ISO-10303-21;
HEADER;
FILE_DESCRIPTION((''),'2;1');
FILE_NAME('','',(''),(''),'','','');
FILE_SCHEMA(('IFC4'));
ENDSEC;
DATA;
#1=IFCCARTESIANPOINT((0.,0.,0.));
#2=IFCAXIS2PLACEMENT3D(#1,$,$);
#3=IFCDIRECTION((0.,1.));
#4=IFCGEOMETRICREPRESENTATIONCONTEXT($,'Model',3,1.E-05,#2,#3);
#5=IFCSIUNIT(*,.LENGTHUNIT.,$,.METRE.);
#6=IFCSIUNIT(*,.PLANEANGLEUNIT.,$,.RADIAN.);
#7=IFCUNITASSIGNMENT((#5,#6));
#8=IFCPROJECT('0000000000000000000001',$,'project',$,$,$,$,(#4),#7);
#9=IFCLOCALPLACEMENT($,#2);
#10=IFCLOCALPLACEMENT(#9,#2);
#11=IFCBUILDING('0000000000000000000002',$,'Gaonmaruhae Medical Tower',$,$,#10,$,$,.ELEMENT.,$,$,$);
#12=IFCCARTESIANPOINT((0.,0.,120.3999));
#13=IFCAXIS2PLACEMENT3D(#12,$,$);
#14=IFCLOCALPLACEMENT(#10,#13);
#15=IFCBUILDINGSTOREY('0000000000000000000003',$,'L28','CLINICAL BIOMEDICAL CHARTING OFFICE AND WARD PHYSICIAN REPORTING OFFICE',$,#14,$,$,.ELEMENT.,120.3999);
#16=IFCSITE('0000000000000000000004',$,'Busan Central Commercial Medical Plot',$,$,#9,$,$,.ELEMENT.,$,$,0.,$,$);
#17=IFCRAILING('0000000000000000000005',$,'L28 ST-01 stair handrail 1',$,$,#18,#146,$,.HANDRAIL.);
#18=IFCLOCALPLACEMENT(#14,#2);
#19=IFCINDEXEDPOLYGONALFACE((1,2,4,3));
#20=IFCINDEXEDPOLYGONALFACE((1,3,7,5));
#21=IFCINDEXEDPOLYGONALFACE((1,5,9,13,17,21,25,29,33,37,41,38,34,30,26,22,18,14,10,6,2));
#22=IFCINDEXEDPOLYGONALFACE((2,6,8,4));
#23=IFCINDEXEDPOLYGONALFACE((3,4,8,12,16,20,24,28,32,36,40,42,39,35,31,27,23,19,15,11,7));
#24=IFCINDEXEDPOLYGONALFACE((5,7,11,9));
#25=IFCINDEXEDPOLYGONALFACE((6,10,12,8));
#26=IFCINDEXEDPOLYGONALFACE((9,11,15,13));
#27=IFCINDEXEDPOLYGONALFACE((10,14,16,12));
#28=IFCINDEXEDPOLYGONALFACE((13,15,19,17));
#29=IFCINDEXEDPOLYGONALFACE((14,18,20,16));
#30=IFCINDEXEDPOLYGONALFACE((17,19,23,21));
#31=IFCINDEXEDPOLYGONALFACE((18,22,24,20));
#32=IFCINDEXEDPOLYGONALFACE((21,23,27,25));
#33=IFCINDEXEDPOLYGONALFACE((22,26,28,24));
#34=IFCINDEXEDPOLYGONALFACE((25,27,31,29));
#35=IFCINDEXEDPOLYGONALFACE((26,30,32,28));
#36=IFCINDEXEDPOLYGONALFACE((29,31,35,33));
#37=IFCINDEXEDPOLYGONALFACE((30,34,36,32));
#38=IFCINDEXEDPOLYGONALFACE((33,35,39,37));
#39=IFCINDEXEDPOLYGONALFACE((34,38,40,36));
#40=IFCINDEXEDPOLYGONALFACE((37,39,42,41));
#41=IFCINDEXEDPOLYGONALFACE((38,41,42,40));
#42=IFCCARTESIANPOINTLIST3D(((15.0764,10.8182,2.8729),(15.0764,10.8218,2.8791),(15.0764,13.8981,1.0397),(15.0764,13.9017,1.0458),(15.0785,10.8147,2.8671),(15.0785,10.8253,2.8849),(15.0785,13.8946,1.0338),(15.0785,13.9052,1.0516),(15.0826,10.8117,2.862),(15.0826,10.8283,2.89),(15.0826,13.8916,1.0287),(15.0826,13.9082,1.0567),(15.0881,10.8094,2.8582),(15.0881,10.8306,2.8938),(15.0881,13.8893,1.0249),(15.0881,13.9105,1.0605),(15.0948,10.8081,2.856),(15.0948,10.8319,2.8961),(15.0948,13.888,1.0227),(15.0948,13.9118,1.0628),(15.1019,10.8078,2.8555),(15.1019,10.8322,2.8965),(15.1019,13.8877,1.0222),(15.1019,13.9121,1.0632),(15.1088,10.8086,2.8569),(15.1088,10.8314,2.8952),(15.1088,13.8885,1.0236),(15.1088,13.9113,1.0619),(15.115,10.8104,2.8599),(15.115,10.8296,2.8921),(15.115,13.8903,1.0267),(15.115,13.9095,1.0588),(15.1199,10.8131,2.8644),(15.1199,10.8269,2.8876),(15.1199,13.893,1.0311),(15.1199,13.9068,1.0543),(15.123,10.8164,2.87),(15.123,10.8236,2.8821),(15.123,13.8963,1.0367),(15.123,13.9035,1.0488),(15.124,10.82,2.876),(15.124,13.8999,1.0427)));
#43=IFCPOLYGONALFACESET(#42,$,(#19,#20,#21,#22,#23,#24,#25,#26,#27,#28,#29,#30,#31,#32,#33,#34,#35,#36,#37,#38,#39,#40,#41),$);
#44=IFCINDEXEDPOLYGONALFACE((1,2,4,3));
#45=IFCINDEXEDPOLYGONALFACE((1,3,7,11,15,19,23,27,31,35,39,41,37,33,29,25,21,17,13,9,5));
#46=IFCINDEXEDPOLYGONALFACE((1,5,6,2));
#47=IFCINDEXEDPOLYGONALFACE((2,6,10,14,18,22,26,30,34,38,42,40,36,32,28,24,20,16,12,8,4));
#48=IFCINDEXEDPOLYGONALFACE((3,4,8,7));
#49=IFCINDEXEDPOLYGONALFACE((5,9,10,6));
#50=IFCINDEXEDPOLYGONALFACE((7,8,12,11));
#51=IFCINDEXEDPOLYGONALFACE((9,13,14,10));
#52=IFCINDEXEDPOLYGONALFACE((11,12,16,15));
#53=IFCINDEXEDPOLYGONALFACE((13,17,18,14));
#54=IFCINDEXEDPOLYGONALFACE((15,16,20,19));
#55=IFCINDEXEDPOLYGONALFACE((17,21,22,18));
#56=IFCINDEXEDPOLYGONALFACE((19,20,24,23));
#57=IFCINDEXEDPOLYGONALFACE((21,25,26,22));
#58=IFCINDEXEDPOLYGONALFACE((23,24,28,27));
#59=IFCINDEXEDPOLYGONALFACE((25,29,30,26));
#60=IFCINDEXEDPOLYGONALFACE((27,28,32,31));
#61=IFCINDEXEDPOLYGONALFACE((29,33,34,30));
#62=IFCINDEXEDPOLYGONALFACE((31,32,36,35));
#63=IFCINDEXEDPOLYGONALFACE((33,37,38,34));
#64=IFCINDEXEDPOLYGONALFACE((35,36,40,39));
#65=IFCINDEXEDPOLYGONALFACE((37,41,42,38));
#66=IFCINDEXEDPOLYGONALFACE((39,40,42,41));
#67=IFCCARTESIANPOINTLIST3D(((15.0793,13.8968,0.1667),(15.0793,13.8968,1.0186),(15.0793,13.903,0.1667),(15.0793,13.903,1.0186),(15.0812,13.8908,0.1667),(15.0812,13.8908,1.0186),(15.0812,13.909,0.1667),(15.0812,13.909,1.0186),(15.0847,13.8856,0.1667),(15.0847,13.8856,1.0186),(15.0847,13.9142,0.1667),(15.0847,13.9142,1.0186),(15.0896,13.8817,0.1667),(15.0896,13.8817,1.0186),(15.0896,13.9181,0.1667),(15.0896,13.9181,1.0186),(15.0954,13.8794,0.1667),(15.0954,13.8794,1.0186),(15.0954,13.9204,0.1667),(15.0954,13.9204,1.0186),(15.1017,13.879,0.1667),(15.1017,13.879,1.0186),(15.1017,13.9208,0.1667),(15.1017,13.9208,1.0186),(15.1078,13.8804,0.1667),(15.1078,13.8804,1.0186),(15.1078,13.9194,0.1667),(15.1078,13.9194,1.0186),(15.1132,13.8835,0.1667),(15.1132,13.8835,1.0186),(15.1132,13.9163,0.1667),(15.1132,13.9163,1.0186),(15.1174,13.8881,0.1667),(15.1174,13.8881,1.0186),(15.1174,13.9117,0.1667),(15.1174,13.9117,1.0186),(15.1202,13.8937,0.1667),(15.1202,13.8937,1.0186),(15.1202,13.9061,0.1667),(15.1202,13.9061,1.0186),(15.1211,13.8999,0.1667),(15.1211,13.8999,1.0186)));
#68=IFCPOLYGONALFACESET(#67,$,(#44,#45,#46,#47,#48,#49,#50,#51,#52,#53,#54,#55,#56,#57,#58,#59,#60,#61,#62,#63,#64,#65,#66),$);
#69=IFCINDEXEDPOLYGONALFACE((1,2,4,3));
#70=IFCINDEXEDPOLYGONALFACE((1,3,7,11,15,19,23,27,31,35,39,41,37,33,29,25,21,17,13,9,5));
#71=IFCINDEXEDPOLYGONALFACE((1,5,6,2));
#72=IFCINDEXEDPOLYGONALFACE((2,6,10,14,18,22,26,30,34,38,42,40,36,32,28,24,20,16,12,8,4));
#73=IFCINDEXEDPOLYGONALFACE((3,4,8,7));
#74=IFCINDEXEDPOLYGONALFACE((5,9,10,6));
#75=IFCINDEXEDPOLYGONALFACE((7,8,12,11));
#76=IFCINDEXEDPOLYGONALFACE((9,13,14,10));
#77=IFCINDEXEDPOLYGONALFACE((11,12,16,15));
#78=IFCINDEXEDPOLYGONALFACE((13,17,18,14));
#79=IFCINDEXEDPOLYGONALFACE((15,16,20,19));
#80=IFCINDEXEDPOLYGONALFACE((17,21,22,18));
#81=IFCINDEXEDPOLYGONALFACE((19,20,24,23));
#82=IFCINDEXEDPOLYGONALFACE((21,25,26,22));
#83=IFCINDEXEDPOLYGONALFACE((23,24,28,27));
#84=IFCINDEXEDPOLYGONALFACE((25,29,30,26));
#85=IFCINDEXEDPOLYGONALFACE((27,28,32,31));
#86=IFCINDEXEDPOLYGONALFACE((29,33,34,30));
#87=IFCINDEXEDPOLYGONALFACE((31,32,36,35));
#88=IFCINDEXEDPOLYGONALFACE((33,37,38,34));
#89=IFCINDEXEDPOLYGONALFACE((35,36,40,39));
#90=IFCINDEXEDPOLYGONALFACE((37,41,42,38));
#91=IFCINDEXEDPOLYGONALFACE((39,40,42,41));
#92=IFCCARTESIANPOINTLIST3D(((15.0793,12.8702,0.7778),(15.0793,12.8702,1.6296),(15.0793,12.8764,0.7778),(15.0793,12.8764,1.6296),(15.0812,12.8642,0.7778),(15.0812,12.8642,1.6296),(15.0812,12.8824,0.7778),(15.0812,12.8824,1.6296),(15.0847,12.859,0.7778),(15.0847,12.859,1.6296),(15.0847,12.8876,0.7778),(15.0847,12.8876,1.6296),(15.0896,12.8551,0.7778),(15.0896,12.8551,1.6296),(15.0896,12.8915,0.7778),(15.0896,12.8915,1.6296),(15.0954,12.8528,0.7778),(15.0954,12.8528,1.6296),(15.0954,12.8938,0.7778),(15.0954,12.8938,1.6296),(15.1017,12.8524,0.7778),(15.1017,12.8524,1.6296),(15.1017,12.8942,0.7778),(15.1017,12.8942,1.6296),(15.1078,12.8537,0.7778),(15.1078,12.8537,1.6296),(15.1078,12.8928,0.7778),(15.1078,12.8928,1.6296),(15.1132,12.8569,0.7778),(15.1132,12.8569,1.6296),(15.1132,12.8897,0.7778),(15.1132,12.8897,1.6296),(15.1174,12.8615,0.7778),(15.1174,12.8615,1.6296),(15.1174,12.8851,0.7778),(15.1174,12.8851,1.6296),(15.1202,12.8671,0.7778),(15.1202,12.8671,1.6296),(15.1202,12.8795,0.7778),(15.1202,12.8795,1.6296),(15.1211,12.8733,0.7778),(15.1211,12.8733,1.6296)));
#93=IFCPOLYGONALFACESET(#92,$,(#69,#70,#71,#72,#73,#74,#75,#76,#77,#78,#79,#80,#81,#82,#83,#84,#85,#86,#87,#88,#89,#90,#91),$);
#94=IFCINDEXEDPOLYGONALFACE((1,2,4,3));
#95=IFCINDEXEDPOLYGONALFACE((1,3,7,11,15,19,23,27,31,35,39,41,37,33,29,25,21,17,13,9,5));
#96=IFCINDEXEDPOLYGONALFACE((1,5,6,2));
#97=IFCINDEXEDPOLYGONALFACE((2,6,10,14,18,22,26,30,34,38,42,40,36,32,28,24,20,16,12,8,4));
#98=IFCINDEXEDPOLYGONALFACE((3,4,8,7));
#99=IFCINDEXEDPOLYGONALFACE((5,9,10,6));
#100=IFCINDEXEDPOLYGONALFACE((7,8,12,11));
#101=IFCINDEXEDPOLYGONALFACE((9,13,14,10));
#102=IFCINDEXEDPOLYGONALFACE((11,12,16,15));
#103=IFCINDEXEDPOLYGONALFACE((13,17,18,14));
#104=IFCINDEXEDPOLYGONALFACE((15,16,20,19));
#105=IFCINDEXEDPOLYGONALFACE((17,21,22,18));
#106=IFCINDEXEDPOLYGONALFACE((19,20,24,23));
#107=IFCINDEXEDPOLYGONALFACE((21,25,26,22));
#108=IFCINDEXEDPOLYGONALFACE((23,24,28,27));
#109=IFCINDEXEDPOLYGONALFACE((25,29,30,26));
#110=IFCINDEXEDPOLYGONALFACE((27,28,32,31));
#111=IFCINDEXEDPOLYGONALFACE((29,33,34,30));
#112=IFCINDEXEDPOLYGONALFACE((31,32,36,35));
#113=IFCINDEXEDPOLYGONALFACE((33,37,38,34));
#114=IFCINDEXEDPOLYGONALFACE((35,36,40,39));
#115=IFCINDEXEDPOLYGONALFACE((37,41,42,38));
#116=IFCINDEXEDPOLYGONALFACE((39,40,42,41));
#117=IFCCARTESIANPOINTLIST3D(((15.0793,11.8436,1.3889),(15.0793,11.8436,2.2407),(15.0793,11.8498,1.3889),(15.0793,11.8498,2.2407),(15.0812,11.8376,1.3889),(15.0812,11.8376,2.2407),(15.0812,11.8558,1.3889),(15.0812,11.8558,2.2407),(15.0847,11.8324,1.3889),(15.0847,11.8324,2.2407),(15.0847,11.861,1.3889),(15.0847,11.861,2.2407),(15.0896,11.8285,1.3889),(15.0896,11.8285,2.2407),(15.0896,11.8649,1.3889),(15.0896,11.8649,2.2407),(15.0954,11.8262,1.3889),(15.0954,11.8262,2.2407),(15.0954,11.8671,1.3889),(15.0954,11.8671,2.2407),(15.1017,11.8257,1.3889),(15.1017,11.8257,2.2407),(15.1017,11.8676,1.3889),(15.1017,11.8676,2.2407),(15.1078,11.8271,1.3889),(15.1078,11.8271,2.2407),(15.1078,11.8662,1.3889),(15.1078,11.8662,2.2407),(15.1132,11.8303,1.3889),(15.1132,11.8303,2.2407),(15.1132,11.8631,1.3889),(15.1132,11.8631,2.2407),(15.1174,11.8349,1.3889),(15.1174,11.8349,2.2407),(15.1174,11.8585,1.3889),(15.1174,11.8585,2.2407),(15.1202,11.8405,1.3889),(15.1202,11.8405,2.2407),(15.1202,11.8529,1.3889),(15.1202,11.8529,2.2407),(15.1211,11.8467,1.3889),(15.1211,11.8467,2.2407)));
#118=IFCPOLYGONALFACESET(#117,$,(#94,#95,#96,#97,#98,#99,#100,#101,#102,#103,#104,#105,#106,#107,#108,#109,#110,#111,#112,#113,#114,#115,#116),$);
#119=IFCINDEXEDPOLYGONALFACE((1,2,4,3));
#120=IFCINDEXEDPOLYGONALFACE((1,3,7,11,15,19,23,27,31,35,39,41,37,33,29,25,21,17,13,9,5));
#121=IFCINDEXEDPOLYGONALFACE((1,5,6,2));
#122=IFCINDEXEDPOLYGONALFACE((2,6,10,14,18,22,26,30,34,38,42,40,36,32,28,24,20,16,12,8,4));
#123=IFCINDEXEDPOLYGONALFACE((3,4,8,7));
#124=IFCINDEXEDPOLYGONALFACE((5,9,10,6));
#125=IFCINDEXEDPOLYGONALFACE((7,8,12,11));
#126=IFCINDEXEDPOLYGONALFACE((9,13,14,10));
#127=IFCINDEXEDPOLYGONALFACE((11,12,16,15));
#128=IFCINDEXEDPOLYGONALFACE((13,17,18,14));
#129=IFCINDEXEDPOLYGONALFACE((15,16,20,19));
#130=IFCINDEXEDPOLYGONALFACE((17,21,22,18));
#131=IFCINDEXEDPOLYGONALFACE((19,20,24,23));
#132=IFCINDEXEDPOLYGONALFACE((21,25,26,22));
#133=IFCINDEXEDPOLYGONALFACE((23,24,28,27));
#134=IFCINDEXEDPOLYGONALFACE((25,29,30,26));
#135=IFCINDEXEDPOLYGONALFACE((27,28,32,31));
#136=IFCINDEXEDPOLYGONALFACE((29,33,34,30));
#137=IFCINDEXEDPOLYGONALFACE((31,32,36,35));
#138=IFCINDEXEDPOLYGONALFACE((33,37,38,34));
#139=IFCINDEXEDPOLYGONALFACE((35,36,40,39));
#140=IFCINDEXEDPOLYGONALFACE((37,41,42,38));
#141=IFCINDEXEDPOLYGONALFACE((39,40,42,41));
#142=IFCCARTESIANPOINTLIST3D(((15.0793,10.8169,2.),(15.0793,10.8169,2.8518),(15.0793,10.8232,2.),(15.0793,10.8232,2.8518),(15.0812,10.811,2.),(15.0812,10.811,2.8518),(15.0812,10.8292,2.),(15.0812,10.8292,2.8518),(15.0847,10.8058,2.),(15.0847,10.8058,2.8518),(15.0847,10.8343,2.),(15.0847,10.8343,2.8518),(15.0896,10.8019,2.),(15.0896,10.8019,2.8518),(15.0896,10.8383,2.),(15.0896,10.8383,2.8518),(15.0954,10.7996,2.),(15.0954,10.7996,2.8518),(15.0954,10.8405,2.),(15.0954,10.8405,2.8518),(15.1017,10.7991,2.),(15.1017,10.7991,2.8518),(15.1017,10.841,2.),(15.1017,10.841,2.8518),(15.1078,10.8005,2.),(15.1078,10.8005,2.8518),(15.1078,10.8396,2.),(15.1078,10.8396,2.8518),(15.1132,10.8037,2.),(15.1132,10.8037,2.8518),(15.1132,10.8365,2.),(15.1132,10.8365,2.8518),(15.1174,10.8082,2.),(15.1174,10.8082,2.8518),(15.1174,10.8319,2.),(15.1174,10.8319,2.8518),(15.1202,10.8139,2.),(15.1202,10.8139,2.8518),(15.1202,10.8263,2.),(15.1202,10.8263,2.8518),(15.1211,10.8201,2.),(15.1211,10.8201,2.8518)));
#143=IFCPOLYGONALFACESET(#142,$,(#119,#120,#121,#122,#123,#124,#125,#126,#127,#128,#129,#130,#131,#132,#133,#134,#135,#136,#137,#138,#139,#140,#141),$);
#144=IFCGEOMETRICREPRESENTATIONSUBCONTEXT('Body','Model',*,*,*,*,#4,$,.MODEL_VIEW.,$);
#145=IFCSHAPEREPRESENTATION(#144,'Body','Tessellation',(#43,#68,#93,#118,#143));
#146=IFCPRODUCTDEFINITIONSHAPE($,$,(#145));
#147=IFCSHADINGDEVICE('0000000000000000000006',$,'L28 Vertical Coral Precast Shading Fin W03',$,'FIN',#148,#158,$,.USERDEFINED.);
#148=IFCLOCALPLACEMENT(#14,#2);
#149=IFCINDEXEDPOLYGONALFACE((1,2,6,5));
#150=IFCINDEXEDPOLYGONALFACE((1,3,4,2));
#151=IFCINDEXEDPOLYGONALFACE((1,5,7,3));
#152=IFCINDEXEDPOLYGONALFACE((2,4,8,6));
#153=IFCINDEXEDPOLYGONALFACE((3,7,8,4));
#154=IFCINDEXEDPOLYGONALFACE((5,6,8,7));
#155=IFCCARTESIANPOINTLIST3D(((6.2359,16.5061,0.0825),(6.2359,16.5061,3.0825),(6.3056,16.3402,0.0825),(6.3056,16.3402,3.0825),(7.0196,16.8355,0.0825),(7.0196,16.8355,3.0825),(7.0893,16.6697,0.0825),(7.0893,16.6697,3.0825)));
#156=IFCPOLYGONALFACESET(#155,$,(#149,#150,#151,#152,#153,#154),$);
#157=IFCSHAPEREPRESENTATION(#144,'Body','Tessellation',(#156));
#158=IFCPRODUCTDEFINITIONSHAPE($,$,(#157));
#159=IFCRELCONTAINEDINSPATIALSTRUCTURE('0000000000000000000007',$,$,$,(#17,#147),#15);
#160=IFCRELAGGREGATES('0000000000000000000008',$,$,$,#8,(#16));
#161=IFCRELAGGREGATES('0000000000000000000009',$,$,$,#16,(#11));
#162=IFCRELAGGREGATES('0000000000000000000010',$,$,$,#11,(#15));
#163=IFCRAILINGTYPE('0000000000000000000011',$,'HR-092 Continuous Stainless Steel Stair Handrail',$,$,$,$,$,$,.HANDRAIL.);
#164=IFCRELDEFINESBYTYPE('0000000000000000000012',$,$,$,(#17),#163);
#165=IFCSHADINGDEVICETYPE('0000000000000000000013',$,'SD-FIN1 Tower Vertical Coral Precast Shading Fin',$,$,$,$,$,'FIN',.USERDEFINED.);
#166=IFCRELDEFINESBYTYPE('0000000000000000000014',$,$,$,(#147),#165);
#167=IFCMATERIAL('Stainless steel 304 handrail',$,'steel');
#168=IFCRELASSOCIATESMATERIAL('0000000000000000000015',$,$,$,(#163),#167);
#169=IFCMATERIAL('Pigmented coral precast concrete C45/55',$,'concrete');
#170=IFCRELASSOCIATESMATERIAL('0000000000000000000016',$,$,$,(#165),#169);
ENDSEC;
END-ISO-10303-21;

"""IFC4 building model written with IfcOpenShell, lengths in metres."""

from ifc_helpers import new_model, si_unit, direction, frame, origin, origin_2d, place, context, subcontext, project, spatial, rectangle, circle, extrude, material, type_object, element, save


model = new_model("IFC4")

# Units and contexts
model_context = context("Model", 3, precision=1e-05, world=origin(), true_north=direction((0.0, 1.0)))
body_context = subcontext(model_context, "Body", "Model", "MODEL_VIEW")
ifc_project = project(units=[si_unit("LENGTHUNIT", "METRE"), si_unit("PLANEANGLEUNIT", "RADIAN")], contexts=[model_context])

# Site, building, storey
site_placement = place(None, origin())
site = spatial("IfcSite", under=ifc_project, at=site_placement, Name="Busan Central Commercial Medical Plot", CompositionType="ELEMENT", RefElevation=0.0)
building_placement = place(site_placement, origin())
building = spatial("IfcBuilding", under=site, at=building_placement, Name="Gaonmaruhae Medical Tower", CompositionType="ELEMENT")
storey_placement = place(building_placement, frame((0.0, 0.0, 120.3999)))
storey = spatial("IfcBuildingStorey", under=building, at=storey_placement, Name="L28", Description="CLINICAL BIOMEDICAL CHARTING OFFICE AND WARD PHYSICIAN REPORTING OFFICE", CompositionType="ELEMENT", Elevation=120.3999)

# Railing
ifc_material_1 = material(Name="Stainless steel 304 handrail", Category="steel")
railing_type_1 = type_object("IfcRailingType", Name="HR-092 Continuous Stainless Steel Stair Handrail", PredefinedType="HANDRAIL", material=ifc_material_1)
railing_1_placement = place(storey_placement, frame((15.1001, 13.8999, 0.1667)))
element("IfcRailing", 1, at=railing_1_placement, inside=storey, type_object=railing_type_1, Name="L28 ST-01 stair handrail 1", PredefinedType="HANDRAIL", context=body_context, shape_type="SweptSolid", body=[
    extrude(circle(Radius=0.0239, at=origin_2d()), frame((0.0, 0.0, 0.876), z_axis=(0.0, -0.859291, 0.511487), x_axis=(1.0, 0.0, 0.0)), (0.0, 0.0, 1.0), 3.5842),
    extrude(circle(Radius=0.021, at=origin_2d()), origin(), (0.0, 0.0, 1.0), 0.8518),
    extrude(circle(Radius=0.021, at=origin_2d()), frame((0.0, -1.0266, 0.6111)), (0.0, 0.0, 1.0), 0.8518),
    extrude(circle(Radius=0.021, at=origin_2d()), frame((0.0, -2.0532, 1.2222)), (0.0, 0.0, 1.0), 0.8518),
    extrude(circle(Radius=0.021, at=origin_2d()), frame((0.0, -3.0798, 1.8333)), (0.0, 0.0, 1.0), 0.8518),
])

# Shading device
ifc_material_2 = material(Name="Pigmented coral precast concrete C45/55", Category="concrete")
shading_device_type = type_object("IfcShadingDeviceType", Name="SD-FIN1 Tower Vertical Coral Precast Shading Fin", ElementType="FIN", PredefinedType="USERDEFINED", material=ifc_material_2)
shading_device_placement = place(storey_placement, frame((6.6626, 16.5879, 0.0825), z_axis=(0.0, 0.0, 1.0), x_axis=(-0.387516, 0.921863, 0.0)))
element("IfcShadingDevice", 2, at=shading_device_placement, inside=storey, type_object=shading_device_type, Name="L28 Vertical Coral Precast Shading Fin W03", ObjectType="FIN", PredefinedType="USERDEFINED", context=body_context, shape_type="SweptSolid", body=[
    extrude(rectangle(XDim=0.1799, YDim=0.8501, at=origin_2d()), origin(), (0.0, 0.0, 1.0), 3.0),
])

save(model, "model.ifc")
